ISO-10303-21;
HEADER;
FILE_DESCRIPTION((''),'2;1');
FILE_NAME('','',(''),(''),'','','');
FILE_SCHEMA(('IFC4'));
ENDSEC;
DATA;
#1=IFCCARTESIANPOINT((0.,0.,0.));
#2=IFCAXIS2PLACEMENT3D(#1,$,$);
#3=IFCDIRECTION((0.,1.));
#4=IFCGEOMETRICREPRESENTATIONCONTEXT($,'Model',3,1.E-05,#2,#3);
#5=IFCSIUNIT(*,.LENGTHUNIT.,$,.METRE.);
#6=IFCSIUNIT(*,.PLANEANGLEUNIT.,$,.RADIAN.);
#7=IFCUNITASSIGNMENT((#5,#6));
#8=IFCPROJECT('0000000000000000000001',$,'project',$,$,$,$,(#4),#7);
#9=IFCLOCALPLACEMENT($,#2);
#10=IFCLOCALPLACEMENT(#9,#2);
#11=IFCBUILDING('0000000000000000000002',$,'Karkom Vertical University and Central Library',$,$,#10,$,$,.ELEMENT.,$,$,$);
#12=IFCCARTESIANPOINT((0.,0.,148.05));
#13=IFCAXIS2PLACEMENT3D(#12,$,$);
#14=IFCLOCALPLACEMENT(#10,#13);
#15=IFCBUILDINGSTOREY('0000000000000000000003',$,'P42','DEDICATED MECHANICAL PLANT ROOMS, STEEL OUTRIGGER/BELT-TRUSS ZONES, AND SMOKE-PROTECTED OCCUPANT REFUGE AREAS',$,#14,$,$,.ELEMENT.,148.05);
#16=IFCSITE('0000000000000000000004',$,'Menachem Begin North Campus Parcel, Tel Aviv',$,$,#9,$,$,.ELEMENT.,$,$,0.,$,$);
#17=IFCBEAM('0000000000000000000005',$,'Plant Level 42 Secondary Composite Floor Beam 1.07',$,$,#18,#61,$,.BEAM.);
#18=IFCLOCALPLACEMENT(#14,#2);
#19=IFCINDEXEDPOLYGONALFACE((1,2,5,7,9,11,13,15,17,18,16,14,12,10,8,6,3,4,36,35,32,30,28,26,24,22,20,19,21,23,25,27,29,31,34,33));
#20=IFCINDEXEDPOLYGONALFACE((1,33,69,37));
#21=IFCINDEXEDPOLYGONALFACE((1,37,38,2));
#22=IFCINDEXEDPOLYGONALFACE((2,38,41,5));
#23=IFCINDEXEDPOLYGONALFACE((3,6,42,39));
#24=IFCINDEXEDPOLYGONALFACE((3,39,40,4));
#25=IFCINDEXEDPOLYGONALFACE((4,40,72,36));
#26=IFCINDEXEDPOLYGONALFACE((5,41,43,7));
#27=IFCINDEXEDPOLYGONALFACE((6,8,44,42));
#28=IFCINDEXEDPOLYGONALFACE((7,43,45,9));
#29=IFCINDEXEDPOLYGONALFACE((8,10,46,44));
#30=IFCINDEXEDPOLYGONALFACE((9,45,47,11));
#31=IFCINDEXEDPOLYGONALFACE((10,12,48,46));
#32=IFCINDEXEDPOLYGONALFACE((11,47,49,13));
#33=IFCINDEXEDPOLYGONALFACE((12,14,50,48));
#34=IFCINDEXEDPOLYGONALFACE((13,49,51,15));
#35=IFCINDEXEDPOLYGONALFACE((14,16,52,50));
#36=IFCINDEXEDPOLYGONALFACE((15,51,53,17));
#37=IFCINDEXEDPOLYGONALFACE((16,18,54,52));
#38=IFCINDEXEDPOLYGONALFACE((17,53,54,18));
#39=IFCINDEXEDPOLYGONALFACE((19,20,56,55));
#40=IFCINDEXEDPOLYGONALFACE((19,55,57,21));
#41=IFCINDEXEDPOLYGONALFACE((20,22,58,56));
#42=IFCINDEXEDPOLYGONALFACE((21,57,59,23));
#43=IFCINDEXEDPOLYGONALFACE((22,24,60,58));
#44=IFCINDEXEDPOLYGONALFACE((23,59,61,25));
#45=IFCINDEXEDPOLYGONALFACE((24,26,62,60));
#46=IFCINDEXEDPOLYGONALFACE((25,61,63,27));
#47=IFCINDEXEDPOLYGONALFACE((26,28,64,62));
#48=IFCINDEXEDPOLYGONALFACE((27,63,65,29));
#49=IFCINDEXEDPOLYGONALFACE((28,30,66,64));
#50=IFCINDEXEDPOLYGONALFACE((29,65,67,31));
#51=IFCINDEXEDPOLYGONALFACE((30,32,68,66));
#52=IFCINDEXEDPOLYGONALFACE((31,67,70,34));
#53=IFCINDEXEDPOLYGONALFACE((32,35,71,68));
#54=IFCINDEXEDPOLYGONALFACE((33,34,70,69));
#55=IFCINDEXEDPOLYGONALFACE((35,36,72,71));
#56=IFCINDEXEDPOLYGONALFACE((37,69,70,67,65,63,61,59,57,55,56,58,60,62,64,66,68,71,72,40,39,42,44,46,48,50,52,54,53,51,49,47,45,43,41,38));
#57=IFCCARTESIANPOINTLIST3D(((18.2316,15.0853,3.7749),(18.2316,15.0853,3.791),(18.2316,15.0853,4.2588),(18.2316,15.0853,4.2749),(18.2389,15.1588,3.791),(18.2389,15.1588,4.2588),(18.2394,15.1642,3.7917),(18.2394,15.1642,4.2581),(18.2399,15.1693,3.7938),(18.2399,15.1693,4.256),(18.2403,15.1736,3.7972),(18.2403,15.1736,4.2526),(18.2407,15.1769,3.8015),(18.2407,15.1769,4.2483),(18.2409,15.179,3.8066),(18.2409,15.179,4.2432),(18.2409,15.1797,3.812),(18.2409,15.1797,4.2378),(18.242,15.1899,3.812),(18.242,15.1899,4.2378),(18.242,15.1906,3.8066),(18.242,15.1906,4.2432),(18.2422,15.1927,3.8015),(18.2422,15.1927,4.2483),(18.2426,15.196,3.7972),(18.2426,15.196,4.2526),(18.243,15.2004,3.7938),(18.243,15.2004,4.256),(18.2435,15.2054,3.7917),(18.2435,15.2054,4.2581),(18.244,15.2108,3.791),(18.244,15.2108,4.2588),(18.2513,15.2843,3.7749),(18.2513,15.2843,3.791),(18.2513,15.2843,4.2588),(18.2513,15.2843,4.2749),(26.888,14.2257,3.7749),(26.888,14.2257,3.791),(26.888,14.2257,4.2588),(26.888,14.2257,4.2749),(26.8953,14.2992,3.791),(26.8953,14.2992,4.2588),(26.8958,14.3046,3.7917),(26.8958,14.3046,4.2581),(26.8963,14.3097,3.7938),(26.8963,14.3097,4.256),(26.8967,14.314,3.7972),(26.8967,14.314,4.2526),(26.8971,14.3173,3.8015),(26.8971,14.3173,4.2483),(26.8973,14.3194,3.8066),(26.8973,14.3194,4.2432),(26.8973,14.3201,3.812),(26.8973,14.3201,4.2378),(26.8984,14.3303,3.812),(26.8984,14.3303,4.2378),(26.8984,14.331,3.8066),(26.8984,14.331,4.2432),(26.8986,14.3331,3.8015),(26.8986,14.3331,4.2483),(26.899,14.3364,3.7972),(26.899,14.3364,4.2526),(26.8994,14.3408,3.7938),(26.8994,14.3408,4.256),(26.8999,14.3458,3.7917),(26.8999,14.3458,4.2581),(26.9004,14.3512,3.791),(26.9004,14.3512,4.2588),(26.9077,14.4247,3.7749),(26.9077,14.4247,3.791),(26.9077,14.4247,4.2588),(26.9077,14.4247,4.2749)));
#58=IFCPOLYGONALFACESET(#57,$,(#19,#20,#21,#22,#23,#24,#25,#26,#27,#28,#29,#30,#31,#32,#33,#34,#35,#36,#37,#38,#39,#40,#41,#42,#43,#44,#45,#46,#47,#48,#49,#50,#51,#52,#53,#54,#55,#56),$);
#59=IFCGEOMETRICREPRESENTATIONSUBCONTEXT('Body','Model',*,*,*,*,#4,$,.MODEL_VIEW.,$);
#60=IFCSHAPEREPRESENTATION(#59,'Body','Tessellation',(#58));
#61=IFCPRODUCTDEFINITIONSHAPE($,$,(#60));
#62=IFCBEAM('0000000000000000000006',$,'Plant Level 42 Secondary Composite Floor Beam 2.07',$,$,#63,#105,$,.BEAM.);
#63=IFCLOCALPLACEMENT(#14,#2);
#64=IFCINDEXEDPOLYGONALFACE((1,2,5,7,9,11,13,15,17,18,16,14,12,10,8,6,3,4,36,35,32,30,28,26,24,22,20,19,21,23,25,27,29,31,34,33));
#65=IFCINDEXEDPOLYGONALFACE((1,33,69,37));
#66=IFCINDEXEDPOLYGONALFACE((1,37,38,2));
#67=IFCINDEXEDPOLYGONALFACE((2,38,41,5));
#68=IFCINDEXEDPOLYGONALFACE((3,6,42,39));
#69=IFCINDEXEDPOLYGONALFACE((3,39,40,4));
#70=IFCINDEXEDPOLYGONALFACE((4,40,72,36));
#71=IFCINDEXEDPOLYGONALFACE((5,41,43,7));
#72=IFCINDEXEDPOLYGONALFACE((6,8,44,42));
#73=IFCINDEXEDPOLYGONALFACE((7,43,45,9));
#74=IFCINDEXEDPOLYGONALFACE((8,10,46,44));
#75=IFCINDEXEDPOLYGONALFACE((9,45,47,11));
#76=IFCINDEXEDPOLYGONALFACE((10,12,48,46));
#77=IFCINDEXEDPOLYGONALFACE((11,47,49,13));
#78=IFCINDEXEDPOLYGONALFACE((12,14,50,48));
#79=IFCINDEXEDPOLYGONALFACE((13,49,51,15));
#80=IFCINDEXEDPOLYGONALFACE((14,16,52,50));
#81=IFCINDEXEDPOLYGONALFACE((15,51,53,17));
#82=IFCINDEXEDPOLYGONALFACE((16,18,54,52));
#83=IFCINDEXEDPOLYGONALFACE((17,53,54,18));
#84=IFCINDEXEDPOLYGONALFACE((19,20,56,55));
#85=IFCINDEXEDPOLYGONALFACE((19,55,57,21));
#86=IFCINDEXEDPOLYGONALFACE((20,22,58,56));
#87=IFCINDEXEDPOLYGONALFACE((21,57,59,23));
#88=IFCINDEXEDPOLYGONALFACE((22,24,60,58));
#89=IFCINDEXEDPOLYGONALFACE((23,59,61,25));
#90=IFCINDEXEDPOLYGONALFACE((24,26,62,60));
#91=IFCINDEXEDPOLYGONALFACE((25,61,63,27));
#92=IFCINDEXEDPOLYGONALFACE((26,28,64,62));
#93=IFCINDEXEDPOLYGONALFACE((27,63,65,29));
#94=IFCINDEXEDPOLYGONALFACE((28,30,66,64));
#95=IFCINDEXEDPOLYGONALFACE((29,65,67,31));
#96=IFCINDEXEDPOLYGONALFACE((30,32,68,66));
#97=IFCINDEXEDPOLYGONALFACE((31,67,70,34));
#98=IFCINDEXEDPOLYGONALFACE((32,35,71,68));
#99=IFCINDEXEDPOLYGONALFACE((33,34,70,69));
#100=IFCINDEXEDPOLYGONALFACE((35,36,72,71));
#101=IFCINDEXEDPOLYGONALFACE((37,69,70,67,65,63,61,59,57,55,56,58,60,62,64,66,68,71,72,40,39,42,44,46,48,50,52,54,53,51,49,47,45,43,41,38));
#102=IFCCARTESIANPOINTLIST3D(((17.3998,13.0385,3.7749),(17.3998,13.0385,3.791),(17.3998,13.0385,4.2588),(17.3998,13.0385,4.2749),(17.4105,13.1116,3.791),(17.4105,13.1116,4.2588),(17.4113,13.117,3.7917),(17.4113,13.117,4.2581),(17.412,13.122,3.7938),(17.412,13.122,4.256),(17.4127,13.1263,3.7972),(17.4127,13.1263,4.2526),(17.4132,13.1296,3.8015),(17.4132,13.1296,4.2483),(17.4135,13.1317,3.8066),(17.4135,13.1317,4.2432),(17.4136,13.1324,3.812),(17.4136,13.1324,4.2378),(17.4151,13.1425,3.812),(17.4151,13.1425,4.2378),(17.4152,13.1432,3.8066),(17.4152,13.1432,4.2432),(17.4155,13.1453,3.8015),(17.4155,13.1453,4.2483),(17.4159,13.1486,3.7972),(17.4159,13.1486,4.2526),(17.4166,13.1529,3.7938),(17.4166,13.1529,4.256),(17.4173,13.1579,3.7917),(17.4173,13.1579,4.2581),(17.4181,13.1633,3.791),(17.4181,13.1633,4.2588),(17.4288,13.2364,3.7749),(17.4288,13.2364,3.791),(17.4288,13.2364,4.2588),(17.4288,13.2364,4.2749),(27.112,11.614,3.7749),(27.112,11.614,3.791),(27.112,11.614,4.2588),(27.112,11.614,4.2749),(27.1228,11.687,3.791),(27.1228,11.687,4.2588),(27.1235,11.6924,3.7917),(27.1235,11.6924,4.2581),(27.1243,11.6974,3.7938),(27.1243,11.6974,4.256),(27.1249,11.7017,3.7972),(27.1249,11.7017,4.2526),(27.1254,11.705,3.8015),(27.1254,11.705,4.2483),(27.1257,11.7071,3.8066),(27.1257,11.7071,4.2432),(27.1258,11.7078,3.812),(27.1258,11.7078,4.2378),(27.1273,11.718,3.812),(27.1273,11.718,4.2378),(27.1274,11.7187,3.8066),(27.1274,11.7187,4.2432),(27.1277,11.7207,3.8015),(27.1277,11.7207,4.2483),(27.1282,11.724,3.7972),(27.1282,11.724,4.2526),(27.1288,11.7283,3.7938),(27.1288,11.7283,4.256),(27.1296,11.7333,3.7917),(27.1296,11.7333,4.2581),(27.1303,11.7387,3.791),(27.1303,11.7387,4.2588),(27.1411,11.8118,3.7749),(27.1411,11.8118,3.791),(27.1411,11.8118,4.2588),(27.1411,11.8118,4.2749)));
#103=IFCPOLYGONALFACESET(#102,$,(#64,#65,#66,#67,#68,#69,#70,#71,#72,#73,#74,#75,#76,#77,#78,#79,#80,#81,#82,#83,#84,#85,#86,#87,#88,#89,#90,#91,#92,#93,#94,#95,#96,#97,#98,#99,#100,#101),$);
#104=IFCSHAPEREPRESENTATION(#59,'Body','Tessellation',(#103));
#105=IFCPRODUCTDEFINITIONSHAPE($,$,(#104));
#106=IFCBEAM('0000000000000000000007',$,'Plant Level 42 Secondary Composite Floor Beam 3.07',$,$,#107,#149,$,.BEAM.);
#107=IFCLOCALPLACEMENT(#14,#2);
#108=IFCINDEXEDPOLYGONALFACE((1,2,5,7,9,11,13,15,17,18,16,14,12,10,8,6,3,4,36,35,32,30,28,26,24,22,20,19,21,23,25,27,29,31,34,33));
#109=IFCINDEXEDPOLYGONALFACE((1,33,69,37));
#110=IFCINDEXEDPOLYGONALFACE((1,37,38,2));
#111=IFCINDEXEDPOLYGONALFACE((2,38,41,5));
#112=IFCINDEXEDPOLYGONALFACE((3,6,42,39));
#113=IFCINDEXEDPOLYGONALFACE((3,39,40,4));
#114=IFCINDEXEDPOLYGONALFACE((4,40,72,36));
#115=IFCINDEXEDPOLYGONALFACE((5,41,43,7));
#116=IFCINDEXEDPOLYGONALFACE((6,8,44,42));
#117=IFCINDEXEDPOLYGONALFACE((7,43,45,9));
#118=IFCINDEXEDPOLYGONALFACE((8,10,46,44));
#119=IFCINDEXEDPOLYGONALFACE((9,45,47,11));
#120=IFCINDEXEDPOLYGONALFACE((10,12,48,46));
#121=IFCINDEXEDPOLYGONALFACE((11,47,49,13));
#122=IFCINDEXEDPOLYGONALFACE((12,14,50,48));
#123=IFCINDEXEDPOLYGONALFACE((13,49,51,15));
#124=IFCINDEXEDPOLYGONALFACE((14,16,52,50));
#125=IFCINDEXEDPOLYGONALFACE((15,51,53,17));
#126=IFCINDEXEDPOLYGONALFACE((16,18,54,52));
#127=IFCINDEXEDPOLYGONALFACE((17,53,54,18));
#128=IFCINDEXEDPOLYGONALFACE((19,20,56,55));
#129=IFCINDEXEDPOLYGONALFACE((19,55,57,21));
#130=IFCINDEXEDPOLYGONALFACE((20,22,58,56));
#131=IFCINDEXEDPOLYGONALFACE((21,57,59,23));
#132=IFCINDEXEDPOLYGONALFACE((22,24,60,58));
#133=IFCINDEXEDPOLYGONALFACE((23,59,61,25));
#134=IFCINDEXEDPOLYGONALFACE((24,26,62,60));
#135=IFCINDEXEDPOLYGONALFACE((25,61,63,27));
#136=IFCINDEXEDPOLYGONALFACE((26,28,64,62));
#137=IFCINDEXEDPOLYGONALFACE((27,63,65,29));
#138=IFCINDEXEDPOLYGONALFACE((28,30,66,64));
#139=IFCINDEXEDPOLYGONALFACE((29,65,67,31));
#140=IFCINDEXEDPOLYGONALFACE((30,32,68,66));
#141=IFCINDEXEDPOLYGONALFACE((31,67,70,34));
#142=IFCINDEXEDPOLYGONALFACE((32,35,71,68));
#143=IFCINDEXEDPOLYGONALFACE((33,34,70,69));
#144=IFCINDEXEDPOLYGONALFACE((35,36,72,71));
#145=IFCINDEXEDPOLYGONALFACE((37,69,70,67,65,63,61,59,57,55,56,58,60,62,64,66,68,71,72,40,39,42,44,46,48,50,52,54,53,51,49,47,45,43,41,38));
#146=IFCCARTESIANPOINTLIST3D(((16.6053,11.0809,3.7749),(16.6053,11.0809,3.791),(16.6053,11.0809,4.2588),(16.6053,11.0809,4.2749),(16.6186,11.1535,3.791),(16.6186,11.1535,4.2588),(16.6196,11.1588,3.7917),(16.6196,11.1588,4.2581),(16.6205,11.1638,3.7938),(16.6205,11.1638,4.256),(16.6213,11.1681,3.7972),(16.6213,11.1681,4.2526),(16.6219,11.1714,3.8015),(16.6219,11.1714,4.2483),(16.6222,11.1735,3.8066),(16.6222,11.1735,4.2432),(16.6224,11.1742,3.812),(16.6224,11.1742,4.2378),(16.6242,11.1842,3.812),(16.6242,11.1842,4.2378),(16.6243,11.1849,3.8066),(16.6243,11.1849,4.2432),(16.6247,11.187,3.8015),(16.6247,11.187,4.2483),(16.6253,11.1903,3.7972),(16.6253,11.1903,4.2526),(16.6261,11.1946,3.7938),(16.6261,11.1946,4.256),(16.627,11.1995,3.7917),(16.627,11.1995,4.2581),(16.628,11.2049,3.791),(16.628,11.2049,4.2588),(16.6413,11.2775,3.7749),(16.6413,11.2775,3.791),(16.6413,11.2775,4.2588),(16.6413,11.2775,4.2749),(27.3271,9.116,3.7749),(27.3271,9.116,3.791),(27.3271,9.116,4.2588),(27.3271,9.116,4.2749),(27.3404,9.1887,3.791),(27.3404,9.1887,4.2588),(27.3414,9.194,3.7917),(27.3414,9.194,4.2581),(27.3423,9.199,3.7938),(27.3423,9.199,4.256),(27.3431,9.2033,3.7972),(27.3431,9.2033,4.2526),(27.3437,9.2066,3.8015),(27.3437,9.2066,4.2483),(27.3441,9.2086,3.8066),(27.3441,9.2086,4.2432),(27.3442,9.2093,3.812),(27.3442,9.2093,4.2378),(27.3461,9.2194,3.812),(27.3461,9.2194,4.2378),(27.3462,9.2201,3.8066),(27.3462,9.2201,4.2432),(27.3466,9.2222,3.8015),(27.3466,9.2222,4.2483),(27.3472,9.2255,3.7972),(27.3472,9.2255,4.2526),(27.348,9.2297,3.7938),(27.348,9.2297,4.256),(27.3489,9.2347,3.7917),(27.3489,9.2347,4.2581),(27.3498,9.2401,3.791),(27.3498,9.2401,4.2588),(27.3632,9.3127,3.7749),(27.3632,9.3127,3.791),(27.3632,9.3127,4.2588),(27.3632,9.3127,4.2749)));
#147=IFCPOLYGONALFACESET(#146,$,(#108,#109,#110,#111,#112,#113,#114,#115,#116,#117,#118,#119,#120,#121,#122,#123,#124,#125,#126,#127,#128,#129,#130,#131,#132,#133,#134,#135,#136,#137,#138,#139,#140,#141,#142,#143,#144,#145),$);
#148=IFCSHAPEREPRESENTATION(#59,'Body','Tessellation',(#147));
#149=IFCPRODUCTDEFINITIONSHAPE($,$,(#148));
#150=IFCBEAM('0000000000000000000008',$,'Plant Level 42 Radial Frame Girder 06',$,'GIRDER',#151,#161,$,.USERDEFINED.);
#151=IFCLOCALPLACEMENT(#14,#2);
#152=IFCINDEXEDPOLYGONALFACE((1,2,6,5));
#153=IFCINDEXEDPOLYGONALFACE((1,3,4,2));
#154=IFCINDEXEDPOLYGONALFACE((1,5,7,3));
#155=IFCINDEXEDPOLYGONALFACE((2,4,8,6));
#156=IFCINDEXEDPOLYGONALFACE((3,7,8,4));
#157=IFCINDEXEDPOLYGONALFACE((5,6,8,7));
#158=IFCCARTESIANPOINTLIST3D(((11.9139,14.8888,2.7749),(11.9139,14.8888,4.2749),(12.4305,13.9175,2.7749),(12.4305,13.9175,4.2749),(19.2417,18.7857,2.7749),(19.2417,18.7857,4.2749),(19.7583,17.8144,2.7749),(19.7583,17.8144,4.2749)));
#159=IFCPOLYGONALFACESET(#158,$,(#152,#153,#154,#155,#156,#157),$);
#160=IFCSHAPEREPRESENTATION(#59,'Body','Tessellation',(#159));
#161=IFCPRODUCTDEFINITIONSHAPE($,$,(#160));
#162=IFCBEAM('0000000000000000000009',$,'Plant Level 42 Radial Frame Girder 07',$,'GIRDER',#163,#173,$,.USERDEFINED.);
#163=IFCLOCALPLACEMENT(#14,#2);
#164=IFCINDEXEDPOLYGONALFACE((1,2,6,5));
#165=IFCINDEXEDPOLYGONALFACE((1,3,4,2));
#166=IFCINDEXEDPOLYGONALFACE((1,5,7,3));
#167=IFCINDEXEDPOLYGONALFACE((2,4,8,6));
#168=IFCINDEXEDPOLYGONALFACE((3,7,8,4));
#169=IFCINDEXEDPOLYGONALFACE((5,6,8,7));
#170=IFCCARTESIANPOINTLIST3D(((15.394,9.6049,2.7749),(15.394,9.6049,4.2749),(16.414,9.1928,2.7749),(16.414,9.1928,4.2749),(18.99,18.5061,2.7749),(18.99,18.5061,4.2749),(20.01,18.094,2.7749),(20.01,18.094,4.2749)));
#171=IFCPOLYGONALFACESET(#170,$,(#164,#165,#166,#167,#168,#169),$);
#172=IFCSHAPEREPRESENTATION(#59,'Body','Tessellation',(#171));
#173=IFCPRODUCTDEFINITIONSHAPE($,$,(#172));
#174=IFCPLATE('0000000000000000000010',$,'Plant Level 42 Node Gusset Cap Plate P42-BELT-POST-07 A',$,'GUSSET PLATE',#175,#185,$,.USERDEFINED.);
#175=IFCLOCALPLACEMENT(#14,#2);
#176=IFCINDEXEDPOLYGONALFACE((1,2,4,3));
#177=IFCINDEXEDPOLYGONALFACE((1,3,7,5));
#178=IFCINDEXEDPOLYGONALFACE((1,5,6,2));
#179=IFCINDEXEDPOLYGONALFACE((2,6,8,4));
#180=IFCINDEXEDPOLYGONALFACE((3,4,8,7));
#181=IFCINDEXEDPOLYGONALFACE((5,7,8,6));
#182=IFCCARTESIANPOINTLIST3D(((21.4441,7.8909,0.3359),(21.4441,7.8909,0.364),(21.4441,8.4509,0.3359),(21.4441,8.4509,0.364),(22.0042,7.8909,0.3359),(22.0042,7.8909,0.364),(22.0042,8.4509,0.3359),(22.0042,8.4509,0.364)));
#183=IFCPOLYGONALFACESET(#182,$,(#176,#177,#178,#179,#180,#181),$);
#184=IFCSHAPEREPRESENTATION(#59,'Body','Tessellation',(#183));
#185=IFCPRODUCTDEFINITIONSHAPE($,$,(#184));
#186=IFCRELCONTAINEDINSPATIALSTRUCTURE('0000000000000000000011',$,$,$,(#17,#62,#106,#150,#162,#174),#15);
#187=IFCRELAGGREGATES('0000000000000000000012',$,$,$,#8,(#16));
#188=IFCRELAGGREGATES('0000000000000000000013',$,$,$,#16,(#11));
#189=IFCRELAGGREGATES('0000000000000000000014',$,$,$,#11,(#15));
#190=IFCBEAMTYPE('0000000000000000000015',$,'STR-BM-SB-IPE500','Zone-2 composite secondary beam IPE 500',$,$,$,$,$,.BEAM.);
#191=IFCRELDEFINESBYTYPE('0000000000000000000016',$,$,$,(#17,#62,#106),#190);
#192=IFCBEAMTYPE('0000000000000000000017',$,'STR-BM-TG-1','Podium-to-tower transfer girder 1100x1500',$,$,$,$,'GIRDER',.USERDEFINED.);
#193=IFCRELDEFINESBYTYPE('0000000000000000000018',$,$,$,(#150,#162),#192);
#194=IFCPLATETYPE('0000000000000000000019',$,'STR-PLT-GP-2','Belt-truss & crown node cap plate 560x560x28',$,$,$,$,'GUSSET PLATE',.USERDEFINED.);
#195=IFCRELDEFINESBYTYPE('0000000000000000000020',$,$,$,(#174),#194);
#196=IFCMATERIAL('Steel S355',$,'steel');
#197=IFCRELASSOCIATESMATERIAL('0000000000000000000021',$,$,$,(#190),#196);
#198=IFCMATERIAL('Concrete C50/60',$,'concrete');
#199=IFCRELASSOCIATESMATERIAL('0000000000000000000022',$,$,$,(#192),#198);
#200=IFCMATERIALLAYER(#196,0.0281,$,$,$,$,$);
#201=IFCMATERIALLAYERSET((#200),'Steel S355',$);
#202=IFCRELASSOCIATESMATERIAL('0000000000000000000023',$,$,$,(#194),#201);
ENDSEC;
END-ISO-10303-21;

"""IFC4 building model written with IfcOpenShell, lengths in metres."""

from ifc_helpers import new_model, si_unit, direction, frame, origin, origin_with_axes, origin_2d, place, context, subcontext, project, spatial, rectangle, i_section, extrude, source, transform, mapped, material, layer, layer_set, material_profile, profile_set, type_object, element, save


model = new_model("IFC4")

# Units and contexts
model_context = context("Model", 3, precision=1e-05, world=origin(), true_north=direction((0.0, 1.0)))
body_context = subcontext(model_context, "Body", "Model", "MODEL_VIEW")
ifc_project = project(units=[si_unit("LENGTHUNIT", "METRE"), si_unit("PLANEANGLEUNIT", "RADIAN")], contexts=[model_context])

# Site, building, storey
site_placement = place(None, origin())
site = spatial("IfcSite", under=ifc_project, at=site_placement, Name="Menachem Begin North Campus Parcel, Tel Aviv", CompositionType="ELEMENT", RefElevation=0.0)
building_placement = place(site_placement, origin())
building = spatial("IfcBuilding", under=site, at=building_placement, Name="Karkom Vertical University and Central Library", CompositionType="ELEMENT")
storey_placement = place(building_placement, frame((0.0, 0.0, 148.05)))
storey = spatial("IfcBuildingStorey", under=building, at=storey_placement, Name="P42", Description="DEDICATED MECHANICAL PLANT ROOMS, STEEL OUTRIGGER/BELT-TRUSS ZONES, AND SMOKE-PROTECTED OCCUPANT REFUGE AREAS", CompositionType="ELEMENT", Elevation=148.05)

# Shared definitions
ifc_material_1 = material(Name="Concrete C50/60", Category="concrete")

# Shared definitions
ifc_material_2 = material(Name="Steel S355", Category="steel")

# Beams
ifc_material_profile_1 = material_profile(ifc_material_2, i_section(OverallWidth=0.2, OverallDepth=0.5, WebThickness=0.0103, FlangeThickness=0.0161, FilletRadius=0.021, at=origin_2d()), Name="IPE 500")
ifc_profile_set_1 = profile_set([ifc_material_profile_1], Name="Steel S355")
beam_type_1 = type_object("IfcBeamType", Name="STR-BM-SB-IPE500", Description="Zone-2 composite secondary beam IPE 500", PredefinedType="BEAM", material=ifc_profile_set_1)
shared_shape_1 = source(origin_with_axes(), body_context, "Body", "SweptSolid", [
    extrude(i_section(OverallWidth=0.2, OverallDepth=0.5, WebThickness=0.0103, FlangeThickness=0.0161, FilletRadius=0.021, at=origin_2d()), origin(), (0.0, 0.0, 1.0), 8.699),
])
beam_1_placement = place(storey_placement, frame((18.2415, 15.1848, 4.0249), z_axis=(0.995106, -0.098817, 0.0), x_axis=(0.098817, 0.995106, 0.0)))
element("IfcBeam", 1, at=beam_1_placement, inside=storey, type_object=beam_type_1, Name="Plant Level 42 Secondary Composite Floor Beam 1.07", PredefinedType="BEAM", context=body_context, shape_type="MappedRepresentation", body=[
    mapped(shared_shape_1, transform((0.0, 0.0, 0.0), scale=1.0)),
])
shared_shape_2 = source(origin_with_axes(), body_context, "Body", "SweptSolid", [
    extrude(i_section(OverallWidth=0.2, OverallDepth=0.5, WebThickness=0.0103, FlangeThickness=0.0161, FilletRadius=0.021, at=origin_2d()), origin(), (0.0, 0.0, 1.0), 9.8162),
])
beam_2_placement = place(storey_placement, frame((17.4143, 13.1375, 4.0249), z_axis=(0.989413, -0.145125, 0.0), x_axis=(0.145125, 0.989413, 0.0)))
element("IfcBeam", 2, at=beam_2_placement, inside=storey, type_object=beam_type_1, Name="Plant Level 42 Secondary Composite Floor Beam 2.07", PredefinedType="BEAM", context=body_context, shape_type="MappedRepresentation", body=[
    mapped(shared_shape_2, transform((0.0, 0.0, 0.0), scale=1.0)),
])
shared_shape_3 = source(origin_with_axes(), body_context, "Body", "SweptSolid", [
    extrude(i_section(OverallWidth=0.2, OverallDepth=0.5, WebThickness=0.0103, FlangeThickness=0.0161, FilletRadius=0.021, at=origin_2d()), origin(), (0.0, 0.0, 1.0), 10.9004),
])
beam_3_placement = place(storey_placement, frame((16.6233, 11.1792, 4.0249), z_axis=(0.98362, -0.180253, 0.0), x_axis=(0.180253, 0.98362, 0.0)))
element("IfcBeam", 3, at=beam_3_placement, inside=storey, type_object=beam_type_1, Name="Plant Level 42 Secondary Composite Floor Beam 3.07", PredefinedType="BEAM", context=body_context, shape_type="MappedRepresentation", body=[
    mapped(shared_shape_3, transform((0.0, 0.0, 0.0), scale=1.0)),
])
ifc_material_profile_2 = material_profile(ifc_material_1, rectangle(XDim=1.1001, YDim=1.5, at=origin_2d()), Name="TG-1100x1500")
ifc_profile_set_2 = profile_set([ifc_material_profile_2], Name="Concrete C50/60")
beam_type_2 = type_object("IfcBeamType", Name="STR-BM-TG-1", Description="Podium-to-tower transfer girder 1100x1500", ElementType="GIRDER", PredefinedType="USERDEFINED", material=ifc_profile_set_2)
shared_shape_4 = source(origin_with_axes(), body_context, "Body", "SweptSolid", [
    extrude(rectangle(XDim=1.1001, YDim=1.5, at=origin_2d()), origin(), (0.0, 0.0, 1.0), 8.2996),
])
beam_4_placement = place(storey_placement, frame((19.5, 18.3, 3.5249), z_axis=(-0.882914, -0.469534, 0.0), x_axis=(0.469534, -0.882914, 0.0)))
element("IfcBeam", 4, at=beam_4_placement, inside=storey, type_object=beam_type_2, Name="Plant Level 42 Radial Frame Girder 06", ObjectType="GIRDER", PredefinedType="USERDEFINED", context=body_context, shape_type="MappedRepresentation", body=[
    mapped(shared_shape_4, transform((0.0, 0.0, 0.0), scale=1.0)),
])
shared_shape_5 = source(origin_with_axes(), body_context, "Body", "SweptSolid", [
    extrude(rectangle(XDim=1.1001, YDim=1.5, at=origin_2d()), origin(), (0.0, 0.0, 1.0), 9.6001),
])
beam_5_placement = place(storey_placement, frame((19.5, 18.3, 3.5249), z_axis=(-0.374576, -0.927196, 0.0), x_axis=(0.927196, -0.374576, 0.0)))
element("IfcBeam", 5, at=beam_5_placement, inside=storey, type_object=beam_type_2, Name="Plant Level 42 Radial Frame Girder 07", ObjectType="GIRDER", PredefinedType="USERDEFINED", context=body_context, shape_type="MappedRepresentation", body=[
    mapped(shared_shape_5, transform((0.0, 0.0, 0.0), scale=1.0)),
])

# Plate
ifc_layer_1 = layer(ifc_material_2, 0.0281)
ifc_layer_set_1 = layer_set([ifc_layer_1], Name="Steel S355")
plate_type = type_object("IfcPlateType", Name="STR-PLT-GP-2", Description="Belt-truss & crown node cap plate 560x560x28", ElementType="GUSSET PLATE", PredefinedType="USERDEFINED", material=ifc_layer_set_1)
shared_shape_6 = source(origin_with_axes(), body_context, "Body", "SweptSolid", [
    extrude(rectangle(XDim=0.5601, YDim=0.5601, at=origin_2d()), origin(), (0.0, 0.0, 1.0), 0.0281),
])
for number, where, z_axis, x_axis, name in (
    (6, (21.7241, 8.1709, 0.3359), (0.0, 0.0, 1.0), (1.0, 0.0, 0.0), "Plant Level 42 Node Gusset Cap Plate P42-BELT-POST-07 A"),
):
    element("IfcPlate", number, at=place(storey_placement, frame(where, z_axis=z_axis, x_axis=x_axis)), inside=storey, type_object=plate_type, Name=name, ObjectType="GUSSET PLATE", PredefinedType="USERDEFINED", context=body_context, shape_type="MappedRepresentation", body=[
        mapped(shared_shape_6, transform((0.0, 0.0, 0.0), scale=1.0)),
    ])

save(model, "model.ifc")
